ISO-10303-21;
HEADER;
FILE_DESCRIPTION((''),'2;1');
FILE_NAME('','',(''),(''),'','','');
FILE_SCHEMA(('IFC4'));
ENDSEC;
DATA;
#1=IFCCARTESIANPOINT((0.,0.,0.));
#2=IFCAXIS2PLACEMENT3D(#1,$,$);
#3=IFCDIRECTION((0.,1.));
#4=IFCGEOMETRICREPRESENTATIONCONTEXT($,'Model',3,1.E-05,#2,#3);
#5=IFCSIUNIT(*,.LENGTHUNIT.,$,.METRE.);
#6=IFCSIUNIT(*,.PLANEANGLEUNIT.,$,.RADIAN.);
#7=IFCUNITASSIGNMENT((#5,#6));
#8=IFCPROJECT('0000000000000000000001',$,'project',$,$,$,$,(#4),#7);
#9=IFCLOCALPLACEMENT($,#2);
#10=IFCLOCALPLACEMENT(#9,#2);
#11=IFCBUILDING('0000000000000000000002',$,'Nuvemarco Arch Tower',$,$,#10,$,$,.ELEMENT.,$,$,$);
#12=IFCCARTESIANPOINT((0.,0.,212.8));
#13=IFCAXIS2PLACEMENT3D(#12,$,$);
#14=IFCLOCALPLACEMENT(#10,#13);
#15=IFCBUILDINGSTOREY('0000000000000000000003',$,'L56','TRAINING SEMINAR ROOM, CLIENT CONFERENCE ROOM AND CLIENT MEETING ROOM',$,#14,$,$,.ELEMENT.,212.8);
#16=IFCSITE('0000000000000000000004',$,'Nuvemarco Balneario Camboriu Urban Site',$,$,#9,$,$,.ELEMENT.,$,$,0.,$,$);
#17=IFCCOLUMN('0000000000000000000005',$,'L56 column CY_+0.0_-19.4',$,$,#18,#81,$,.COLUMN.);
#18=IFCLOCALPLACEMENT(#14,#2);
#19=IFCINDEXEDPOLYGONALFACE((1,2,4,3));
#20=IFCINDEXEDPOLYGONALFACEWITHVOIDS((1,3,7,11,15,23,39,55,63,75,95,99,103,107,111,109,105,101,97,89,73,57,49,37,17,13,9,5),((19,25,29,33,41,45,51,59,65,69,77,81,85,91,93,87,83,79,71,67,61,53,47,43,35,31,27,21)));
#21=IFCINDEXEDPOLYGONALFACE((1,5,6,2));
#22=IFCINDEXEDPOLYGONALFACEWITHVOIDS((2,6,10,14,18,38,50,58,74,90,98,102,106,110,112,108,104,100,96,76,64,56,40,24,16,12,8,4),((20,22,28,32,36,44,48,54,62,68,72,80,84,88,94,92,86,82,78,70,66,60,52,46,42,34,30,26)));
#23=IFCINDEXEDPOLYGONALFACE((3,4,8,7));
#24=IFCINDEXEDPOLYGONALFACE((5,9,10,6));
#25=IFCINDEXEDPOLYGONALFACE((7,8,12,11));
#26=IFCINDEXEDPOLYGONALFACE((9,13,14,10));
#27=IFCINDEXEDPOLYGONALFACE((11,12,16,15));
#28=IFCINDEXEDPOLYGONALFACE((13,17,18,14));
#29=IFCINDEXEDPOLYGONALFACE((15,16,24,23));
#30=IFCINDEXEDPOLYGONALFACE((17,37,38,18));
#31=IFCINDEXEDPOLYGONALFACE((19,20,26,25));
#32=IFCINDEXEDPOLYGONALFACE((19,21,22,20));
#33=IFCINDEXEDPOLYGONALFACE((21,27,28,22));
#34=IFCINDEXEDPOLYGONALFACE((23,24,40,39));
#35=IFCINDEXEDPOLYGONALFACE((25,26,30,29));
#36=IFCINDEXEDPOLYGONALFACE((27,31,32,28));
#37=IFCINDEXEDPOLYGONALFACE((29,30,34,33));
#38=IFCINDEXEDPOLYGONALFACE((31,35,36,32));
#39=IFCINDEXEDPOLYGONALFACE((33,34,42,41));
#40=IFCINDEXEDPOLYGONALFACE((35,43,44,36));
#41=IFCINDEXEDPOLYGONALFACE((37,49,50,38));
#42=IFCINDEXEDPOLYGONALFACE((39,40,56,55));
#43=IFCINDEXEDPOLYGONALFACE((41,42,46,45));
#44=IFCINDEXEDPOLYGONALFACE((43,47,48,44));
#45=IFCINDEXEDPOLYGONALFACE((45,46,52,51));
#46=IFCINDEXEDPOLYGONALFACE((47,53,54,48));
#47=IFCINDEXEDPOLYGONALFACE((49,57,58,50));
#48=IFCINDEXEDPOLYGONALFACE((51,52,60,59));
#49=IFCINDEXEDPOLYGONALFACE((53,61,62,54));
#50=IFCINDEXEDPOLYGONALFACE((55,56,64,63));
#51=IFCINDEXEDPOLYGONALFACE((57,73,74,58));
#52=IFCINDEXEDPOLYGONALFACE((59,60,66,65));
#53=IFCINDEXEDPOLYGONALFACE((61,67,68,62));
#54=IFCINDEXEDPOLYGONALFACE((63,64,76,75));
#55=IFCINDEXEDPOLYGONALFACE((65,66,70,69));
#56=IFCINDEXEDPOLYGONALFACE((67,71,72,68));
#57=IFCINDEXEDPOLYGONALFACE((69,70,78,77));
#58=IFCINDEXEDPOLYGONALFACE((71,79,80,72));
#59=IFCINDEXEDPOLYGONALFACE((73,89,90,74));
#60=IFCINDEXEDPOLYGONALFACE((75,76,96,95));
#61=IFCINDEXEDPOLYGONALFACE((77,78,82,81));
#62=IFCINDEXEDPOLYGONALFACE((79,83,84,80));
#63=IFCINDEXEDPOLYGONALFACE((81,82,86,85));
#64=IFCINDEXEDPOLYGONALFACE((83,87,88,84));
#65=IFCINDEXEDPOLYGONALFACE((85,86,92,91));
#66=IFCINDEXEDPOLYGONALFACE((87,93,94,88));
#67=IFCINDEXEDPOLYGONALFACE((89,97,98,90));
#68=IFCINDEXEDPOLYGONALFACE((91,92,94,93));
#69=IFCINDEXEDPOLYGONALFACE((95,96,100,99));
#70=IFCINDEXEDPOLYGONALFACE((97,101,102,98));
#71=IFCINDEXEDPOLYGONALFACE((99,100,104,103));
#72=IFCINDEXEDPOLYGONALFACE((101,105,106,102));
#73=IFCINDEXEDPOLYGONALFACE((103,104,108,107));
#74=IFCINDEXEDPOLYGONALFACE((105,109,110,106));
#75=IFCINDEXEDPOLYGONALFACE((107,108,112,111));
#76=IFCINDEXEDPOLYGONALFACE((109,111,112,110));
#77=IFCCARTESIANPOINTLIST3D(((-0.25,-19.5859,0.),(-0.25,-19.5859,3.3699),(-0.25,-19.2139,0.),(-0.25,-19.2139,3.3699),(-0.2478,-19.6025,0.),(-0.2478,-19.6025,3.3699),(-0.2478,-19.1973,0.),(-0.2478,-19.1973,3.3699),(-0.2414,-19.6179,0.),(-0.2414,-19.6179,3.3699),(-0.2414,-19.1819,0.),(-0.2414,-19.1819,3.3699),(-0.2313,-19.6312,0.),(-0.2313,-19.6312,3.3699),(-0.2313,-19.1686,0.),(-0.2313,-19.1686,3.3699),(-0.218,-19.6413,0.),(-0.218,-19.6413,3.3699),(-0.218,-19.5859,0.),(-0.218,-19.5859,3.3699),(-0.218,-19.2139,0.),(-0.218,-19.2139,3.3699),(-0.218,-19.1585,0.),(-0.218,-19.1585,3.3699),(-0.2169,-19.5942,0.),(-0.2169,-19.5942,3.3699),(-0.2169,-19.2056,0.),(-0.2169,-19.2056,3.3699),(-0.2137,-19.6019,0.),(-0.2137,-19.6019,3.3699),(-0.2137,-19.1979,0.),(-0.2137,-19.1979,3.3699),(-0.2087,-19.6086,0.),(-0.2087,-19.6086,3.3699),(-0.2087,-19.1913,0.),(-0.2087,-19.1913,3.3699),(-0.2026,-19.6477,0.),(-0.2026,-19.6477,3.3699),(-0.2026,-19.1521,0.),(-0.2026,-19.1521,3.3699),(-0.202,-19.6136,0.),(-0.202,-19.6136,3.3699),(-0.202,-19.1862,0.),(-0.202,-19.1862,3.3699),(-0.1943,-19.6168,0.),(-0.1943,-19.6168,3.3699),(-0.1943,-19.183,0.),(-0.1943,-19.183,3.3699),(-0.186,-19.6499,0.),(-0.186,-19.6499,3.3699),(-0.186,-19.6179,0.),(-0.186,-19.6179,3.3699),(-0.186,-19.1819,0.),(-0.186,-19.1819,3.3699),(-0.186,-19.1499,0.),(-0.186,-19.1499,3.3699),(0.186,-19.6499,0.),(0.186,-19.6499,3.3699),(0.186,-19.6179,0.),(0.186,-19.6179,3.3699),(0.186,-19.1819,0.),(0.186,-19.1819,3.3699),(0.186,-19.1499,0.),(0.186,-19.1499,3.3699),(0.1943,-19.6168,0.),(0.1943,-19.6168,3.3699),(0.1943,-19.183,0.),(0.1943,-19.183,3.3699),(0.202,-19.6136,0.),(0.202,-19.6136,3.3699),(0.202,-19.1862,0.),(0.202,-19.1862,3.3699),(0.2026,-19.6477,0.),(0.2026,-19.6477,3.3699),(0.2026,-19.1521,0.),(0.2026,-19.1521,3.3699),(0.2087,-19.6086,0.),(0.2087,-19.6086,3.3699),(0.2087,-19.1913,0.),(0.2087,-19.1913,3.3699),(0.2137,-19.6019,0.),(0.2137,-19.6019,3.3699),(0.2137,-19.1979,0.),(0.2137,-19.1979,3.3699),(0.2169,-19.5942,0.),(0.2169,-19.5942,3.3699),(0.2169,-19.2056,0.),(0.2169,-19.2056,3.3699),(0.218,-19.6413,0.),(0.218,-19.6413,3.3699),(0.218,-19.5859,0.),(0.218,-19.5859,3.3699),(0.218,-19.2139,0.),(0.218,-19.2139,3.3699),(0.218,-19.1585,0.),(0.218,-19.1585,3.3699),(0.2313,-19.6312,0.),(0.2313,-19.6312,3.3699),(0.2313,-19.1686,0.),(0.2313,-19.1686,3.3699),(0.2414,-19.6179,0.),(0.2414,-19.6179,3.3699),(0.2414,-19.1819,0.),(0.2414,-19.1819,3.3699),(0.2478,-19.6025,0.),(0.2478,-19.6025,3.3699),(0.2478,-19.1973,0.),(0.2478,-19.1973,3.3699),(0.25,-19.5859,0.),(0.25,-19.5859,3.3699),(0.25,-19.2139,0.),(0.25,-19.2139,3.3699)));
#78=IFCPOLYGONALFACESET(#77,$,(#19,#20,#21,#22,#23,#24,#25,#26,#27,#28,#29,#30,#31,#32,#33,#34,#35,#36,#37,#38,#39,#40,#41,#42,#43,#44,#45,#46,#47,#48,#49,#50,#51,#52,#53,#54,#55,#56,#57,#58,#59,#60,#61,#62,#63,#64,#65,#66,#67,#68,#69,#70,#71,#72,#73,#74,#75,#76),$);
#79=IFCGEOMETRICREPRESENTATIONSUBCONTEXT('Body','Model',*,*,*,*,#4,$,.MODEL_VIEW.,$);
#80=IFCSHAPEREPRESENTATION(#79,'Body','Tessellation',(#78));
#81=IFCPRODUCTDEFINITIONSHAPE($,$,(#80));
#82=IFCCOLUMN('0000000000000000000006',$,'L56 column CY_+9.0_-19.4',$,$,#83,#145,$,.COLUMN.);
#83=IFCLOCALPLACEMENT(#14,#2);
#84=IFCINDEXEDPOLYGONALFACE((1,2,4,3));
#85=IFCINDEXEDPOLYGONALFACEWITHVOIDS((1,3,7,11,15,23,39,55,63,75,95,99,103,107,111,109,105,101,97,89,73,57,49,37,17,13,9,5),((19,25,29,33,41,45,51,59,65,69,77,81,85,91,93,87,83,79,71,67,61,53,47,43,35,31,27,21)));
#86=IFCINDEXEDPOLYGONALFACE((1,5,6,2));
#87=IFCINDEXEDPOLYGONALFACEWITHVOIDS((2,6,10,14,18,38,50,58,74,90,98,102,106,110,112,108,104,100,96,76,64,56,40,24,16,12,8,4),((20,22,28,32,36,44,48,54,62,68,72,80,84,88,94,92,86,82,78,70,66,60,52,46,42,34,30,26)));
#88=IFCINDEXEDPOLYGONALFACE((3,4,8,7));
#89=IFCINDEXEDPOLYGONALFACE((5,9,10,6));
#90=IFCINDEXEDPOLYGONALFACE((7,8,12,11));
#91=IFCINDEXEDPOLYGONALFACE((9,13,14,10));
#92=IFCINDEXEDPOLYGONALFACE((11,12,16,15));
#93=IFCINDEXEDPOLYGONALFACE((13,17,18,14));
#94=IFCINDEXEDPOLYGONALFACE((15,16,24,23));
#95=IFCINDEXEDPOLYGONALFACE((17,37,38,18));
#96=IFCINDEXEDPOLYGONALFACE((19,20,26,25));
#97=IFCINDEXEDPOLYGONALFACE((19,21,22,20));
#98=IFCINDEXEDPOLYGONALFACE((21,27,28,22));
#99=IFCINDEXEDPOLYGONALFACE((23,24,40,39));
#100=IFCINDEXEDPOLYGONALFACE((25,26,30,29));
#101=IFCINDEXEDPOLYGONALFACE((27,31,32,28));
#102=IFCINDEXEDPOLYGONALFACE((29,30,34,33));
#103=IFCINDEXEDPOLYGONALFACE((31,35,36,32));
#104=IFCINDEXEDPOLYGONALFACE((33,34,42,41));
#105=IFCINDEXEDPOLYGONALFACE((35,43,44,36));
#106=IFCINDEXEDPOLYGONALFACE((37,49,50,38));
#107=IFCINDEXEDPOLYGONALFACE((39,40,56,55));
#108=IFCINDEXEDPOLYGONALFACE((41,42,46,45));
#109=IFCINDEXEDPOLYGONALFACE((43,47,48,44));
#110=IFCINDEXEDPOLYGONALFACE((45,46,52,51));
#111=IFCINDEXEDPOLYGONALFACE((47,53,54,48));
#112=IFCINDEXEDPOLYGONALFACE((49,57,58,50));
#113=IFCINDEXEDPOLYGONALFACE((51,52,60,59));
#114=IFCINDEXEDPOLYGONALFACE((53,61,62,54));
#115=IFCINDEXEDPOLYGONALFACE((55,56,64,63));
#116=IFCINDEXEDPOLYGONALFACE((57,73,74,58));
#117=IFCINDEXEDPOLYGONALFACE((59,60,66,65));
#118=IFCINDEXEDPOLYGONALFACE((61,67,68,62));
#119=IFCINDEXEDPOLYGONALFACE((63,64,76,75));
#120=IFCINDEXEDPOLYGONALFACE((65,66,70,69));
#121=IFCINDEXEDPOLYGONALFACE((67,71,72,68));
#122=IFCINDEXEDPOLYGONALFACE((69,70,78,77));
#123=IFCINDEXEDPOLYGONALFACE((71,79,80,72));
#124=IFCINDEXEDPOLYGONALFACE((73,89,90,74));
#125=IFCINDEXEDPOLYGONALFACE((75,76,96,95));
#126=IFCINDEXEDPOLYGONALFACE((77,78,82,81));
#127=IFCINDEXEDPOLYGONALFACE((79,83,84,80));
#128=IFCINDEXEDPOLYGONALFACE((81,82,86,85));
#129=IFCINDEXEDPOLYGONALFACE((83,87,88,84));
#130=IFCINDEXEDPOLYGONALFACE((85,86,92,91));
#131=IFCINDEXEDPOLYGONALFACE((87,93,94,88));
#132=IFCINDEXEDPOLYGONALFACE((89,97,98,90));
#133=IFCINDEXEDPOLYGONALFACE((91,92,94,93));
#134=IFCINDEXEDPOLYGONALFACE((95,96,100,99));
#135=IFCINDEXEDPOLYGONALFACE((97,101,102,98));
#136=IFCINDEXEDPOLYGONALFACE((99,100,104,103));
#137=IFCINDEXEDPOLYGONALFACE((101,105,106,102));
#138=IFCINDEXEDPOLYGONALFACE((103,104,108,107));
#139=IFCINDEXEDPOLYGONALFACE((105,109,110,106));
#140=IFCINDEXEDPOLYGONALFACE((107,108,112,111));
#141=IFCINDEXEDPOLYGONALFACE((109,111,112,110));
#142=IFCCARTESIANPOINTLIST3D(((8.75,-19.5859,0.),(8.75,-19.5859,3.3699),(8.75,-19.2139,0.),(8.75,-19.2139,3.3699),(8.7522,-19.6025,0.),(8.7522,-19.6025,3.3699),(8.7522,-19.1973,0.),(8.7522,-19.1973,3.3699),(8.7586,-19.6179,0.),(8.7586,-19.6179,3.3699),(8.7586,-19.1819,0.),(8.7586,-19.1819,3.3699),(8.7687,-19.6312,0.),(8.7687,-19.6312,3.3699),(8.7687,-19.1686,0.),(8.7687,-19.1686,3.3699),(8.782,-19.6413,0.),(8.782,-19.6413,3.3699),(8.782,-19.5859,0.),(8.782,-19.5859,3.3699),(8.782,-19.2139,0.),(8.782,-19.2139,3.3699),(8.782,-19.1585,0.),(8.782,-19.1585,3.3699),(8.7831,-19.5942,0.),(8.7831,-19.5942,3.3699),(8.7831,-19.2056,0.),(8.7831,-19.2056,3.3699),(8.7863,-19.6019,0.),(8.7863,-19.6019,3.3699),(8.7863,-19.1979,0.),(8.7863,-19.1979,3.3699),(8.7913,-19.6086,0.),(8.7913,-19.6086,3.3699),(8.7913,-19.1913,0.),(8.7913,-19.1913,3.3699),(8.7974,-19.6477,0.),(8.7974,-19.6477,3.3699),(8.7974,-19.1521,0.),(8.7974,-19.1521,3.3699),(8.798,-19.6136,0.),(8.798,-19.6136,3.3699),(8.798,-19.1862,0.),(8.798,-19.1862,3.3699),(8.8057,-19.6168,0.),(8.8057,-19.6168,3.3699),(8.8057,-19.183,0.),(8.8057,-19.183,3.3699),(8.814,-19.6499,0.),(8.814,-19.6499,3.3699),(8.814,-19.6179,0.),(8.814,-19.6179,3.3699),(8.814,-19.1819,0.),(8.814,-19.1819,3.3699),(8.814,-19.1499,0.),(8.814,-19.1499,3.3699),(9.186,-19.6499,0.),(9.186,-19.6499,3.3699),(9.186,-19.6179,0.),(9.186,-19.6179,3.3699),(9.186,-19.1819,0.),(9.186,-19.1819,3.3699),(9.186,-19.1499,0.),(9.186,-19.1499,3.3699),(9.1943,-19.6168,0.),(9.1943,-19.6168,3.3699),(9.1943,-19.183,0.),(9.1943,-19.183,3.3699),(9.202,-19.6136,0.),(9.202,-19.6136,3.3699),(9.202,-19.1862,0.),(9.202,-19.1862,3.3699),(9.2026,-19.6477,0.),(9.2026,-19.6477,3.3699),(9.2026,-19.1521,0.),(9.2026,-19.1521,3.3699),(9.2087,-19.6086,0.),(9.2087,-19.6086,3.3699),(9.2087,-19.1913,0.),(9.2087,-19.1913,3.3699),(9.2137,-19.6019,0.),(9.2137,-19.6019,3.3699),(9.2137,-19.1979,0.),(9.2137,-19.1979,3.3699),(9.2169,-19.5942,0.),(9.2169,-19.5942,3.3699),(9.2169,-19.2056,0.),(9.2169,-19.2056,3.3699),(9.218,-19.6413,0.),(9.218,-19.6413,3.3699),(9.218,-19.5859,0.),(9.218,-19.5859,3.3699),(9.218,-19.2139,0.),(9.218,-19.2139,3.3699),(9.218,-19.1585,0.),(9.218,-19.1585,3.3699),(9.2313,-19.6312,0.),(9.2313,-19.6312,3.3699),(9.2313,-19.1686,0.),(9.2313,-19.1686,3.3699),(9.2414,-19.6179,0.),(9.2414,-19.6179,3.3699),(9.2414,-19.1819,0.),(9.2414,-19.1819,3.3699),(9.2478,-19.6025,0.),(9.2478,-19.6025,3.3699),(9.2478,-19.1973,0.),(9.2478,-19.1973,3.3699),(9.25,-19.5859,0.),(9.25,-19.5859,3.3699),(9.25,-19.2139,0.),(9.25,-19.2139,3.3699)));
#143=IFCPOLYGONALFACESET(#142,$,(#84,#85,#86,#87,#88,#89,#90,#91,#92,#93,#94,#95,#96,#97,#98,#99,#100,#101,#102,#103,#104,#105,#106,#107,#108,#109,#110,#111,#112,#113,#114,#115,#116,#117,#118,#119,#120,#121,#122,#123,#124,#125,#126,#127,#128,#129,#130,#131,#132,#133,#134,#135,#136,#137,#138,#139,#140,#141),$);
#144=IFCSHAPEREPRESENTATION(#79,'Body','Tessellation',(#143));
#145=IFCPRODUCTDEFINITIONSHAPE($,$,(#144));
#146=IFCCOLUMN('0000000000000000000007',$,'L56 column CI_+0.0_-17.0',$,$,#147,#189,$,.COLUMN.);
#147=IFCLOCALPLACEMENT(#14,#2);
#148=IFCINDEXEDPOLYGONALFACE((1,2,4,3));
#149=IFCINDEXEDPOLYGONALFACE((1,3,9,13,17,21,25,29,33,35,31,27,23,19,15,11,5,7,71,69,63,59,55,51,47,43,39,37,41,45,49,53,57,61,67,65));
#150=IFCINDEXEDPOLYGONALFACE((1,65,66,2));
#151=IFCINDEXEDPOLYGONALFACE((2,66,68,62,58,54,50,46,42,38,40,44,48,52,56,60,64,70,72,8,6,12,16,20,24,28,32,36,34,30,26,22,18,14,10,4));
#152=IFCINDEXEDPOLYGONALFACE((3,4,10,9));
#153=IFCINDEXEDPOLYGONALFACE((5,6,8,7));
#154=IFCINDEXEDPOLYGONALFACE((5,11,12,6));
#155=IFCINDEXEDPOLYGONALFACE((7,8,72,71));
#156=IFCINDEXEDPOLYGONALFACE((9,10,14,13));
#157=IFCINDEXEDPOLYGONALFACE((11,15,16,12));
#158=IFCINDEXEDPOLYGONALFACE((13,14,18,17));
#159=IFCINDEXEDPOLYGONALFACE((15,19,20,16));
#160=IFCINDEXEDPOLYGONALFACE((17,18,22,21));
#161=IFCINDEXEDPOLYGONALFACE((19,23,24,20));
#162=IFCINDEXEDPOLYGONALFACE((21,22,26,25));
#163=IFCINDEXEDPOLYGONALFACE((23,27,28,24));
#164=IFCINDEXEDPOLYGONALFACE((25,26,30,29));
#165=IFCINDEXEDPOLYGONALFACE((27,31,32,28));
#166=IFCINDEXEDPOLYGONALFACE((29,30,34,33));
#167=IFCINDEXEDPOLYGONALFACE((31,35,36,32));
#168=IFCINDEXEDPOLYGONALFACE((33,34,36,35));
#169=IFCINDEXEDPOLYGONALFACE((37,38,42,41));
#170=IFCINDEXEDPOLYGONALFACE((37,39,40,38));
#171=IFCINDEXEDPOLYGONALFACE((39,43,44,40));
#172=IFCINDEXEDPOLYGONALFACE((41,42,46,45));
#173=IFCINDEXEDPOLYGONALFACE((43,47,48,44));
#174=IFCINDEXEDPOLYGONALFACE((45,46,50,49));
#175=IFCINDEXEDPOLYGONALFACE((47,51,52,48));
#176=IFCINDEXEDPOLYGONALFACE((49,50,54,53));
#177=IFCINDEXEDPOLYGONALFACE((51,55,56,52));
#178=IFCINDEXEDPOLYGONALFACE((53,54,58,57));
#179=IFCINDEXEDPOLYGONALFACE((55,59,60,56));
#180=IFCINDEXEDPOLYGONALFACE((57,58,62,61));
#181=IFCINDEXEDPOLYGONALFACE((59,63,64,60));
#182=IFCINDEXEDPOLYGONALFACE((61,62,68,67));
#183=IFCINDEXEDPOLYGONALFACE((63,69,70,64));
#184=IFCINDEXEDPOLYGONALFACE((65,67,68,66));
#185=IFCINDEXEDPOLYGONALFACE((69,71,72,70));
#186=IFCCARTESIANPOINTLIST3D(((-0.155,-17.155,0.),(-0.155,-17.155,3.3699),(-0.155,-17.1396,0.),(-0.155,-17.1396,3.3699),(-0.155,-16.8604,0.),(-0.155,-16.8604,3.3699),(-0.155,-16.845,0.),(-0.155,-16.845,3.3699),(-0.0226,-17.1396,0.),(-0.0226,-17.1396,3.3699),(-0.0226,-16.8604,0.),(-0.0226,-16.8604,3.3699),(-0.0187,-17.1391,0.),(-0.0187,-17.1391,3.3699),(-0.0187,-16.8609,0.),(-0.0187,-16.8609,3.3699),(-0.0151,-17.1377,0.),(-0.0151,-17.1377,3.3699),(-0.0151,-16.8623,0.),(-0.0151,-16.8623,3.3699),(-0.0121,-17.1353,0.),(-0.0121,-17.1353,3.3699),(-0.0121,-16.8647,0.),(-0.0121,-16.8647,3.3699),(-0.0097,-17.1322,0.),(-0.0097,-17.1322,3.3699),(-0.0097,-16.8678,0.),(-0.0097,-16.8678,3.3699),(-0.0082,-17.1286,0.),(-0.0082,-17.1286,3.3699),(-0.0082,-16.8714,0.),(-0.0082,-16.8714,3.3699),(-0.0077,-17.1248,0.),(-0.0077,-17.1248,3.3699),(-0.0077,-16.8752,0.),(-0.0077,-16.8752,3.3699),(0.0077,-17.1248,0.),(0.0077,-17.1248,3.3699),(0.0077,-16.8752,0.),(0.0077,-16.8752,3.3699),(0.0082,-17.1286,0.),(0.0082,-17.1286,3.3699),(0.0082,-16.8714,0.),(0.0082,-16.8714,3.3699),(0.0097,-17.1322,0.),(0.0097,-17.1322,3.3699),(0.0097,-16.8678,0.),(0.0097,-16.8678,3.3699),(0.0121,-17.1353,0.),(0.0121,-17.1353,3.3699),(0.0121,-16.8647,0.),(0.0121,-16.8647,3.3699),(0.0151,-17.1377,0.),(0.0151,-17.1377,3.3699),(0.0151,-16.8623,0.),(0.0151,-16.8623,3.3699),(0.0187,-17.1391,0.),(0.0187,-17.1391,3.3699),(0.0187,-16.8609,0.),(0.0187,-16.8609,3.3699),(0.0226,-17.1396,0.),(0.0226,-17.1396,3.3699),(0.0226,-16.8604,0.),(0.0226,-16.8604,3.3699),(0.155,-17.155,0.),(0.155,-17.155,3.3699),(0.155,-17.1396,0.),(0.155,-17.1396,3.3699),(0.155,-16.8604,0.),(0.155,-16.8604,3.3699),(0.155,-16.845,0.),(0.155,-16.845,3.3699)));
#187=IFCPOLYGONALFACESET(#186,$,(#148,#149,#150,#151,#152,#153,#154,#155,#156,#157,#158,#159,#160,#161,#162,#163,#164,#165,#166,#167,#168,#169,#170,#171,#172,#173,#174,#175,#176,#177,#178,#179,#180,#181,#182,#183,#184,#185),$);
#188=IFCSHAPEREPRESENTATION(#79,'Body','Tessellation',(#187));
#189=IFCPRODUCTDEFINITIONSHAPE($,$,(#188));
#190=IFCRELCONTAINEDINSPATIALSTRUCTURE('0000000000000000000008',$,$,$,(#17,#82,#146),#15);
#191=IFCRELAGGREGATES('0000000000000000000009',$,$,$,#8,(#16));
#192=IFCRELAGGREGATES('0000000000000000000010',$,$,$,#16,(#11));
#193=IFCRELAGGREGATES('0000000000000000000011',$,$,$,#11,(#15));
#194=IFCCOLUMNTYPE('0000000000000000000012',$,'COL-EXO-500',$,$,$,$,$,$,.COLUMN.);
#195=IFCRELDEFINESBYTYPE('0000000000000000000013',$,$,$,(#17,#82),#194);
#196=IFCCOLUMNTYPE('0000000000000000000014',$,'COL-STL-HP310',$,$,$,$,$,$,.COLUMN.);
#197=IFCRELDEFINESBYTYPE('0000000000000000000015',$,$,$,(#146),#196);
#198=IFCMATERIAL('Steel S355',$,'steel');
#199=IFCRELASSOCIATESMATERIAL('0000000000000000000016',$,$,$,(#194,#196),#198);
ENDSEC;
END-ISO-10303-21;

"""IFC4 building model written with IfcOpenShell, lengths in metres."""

from ifc_helpers import new_model, si_unit, direction, frame, origin, origin_2d, place, context, subcontext, project, spatial, hollow_rectangle, i_section, extrude, material, material_profile, profile_set, type_object, element, save


model = new_model("IFC4")

# Units and contexts
model_context = context("Model", 3, precision=1e-05, world=origin(), true_north=direction((0.0, 1.0)))
body_context = subcontext(model_context, "Body", "Model", "MODEL_VIEW")
ifc_project = project(units=[si_unit("LENGTHUNIT", "METRE"), si_unit("PLANEANGLEUNIT", "RADIAN")], contexts=[model_context])

# Site, building, storey
site_placement = place(None, origin())
site = spatial("IfcSite", under=ifc_project, at=site_placement, Name="Nuvemarco Balneario Camboriu Urban Site", CompositionType="ELEMENT", RefElevation=0.0)
building_placement = place(site_placement, origin())
building = spatial("IfcBuilding", under=site, at=building_placement, Name="Nuvemarco Arch Tower", CompositionType="ELEMENT")
storey_placement = place(building_placement, frame((0.0, 0.0, 212.8)))
storey = spatial("IfcBuildingStorey", under=building, at=storey_placement, Name="L56", Description="TRAINING SEMINAR ROOM, CLIENT CONFERENCE ROOM AND CLIENT MEETING ROOM", CompositionType="ELEMENT", Elevation=212.8)

# Columns
ifc_material_1 = material(Name="Steel S355", Category="steel")
ifc_material_profile_1 = material_profile(ifc_material_1, hollow_rectangle(XDim=0.5, YDim=0.5, WallThickness=0.032, InnerFilletRadius=0.032, OuterFilletRadius=0.064, at=origin_2d()), Name="SHS500x500x32")
ifc_profile_set_1 = profile_set([ifc_material_profile_1], Name="Steel S355")
column_type_1 = type_object("IfcColumnType", Name="COL-EXO-500", PredefinedType="COLUMN", material=ifc_profile_set_1)
for number, where, z_axis, x_axis, name in (
    (1, (0.0, -19.3999, 0.0), (0.0, 0.0, 1.0), (1.0, 0.0, 0.0), "L56 column CY_+0.0_-19.4"),
    (2, (9.0, -19.3999, 0.0), (0.0, 0.0, 1.0), (1.0, 0.0, 0.0), "L56 column CY_+9.0_-19.4"),
):
    element("IfcColumn", number, at=place(storey_placement, frame(where, z_axis=z_axis, x_axis=x_axis)), inside=storey, type_object=column_type_1, Name=name, PredefinedType="COLUMN", context=body_context, shape_type="SweptSolid", body=[
        extrude(hollow_rectangle(XDim=0.5, YDim=0.5, WallThickness=0.032, InnerFilletRadius=0.032, OuterFilletRadius=0.064, at=origin_2d()), origin(), (0.0, 0.0, 1.0), 3.3699),
    ])
ifc_material_profile_2 = material_profile(ifc_material_1, i_section(OverallWidth=0.3101, OverallDepth=0.3101, WebThickness=0.0154, FlangeThickness=0.0154, FilletRadius=0.0149, at=origin_2d()), Name="HP310x110")
ifc_profile_set_2 = profile_set([ifc_material_profile_2], Name="Steel S355")
column_type_2 = type_object("IfcColumnType", Name="COL-STL-HP310", PredefinedType="COLUMN", material=ifc_profile_set_2)
for number, where, z_axis, x_axis, name in (
    (3, (0.0, -17.0, 0.0), (0.0, 0.0, 1.0), (1.0, 0.0, 0.0), "L56 column CI_+0.0_-17.0"),
):
    element("IfcColumn", number, at=place(storey_placement, frame(where, z_axis=z_axis, x_axis=x_axis)), inside=storey, type_object=column_type_2, Name=name, PredefinedType="COLUMN", context=body_context, shape_type="SweptSolid", body=[
        extrude(i_section(OverallWidth=0.3101, OverallDepth=0.3101, WebThickness=0.0154, FlangeThickness=0.0154, FilletRadius=0.0149, at=origin_2d()), origin(), (0.0, 0.0, 1.0), 3.3699),
    ])

save(model, "model.ifc")
